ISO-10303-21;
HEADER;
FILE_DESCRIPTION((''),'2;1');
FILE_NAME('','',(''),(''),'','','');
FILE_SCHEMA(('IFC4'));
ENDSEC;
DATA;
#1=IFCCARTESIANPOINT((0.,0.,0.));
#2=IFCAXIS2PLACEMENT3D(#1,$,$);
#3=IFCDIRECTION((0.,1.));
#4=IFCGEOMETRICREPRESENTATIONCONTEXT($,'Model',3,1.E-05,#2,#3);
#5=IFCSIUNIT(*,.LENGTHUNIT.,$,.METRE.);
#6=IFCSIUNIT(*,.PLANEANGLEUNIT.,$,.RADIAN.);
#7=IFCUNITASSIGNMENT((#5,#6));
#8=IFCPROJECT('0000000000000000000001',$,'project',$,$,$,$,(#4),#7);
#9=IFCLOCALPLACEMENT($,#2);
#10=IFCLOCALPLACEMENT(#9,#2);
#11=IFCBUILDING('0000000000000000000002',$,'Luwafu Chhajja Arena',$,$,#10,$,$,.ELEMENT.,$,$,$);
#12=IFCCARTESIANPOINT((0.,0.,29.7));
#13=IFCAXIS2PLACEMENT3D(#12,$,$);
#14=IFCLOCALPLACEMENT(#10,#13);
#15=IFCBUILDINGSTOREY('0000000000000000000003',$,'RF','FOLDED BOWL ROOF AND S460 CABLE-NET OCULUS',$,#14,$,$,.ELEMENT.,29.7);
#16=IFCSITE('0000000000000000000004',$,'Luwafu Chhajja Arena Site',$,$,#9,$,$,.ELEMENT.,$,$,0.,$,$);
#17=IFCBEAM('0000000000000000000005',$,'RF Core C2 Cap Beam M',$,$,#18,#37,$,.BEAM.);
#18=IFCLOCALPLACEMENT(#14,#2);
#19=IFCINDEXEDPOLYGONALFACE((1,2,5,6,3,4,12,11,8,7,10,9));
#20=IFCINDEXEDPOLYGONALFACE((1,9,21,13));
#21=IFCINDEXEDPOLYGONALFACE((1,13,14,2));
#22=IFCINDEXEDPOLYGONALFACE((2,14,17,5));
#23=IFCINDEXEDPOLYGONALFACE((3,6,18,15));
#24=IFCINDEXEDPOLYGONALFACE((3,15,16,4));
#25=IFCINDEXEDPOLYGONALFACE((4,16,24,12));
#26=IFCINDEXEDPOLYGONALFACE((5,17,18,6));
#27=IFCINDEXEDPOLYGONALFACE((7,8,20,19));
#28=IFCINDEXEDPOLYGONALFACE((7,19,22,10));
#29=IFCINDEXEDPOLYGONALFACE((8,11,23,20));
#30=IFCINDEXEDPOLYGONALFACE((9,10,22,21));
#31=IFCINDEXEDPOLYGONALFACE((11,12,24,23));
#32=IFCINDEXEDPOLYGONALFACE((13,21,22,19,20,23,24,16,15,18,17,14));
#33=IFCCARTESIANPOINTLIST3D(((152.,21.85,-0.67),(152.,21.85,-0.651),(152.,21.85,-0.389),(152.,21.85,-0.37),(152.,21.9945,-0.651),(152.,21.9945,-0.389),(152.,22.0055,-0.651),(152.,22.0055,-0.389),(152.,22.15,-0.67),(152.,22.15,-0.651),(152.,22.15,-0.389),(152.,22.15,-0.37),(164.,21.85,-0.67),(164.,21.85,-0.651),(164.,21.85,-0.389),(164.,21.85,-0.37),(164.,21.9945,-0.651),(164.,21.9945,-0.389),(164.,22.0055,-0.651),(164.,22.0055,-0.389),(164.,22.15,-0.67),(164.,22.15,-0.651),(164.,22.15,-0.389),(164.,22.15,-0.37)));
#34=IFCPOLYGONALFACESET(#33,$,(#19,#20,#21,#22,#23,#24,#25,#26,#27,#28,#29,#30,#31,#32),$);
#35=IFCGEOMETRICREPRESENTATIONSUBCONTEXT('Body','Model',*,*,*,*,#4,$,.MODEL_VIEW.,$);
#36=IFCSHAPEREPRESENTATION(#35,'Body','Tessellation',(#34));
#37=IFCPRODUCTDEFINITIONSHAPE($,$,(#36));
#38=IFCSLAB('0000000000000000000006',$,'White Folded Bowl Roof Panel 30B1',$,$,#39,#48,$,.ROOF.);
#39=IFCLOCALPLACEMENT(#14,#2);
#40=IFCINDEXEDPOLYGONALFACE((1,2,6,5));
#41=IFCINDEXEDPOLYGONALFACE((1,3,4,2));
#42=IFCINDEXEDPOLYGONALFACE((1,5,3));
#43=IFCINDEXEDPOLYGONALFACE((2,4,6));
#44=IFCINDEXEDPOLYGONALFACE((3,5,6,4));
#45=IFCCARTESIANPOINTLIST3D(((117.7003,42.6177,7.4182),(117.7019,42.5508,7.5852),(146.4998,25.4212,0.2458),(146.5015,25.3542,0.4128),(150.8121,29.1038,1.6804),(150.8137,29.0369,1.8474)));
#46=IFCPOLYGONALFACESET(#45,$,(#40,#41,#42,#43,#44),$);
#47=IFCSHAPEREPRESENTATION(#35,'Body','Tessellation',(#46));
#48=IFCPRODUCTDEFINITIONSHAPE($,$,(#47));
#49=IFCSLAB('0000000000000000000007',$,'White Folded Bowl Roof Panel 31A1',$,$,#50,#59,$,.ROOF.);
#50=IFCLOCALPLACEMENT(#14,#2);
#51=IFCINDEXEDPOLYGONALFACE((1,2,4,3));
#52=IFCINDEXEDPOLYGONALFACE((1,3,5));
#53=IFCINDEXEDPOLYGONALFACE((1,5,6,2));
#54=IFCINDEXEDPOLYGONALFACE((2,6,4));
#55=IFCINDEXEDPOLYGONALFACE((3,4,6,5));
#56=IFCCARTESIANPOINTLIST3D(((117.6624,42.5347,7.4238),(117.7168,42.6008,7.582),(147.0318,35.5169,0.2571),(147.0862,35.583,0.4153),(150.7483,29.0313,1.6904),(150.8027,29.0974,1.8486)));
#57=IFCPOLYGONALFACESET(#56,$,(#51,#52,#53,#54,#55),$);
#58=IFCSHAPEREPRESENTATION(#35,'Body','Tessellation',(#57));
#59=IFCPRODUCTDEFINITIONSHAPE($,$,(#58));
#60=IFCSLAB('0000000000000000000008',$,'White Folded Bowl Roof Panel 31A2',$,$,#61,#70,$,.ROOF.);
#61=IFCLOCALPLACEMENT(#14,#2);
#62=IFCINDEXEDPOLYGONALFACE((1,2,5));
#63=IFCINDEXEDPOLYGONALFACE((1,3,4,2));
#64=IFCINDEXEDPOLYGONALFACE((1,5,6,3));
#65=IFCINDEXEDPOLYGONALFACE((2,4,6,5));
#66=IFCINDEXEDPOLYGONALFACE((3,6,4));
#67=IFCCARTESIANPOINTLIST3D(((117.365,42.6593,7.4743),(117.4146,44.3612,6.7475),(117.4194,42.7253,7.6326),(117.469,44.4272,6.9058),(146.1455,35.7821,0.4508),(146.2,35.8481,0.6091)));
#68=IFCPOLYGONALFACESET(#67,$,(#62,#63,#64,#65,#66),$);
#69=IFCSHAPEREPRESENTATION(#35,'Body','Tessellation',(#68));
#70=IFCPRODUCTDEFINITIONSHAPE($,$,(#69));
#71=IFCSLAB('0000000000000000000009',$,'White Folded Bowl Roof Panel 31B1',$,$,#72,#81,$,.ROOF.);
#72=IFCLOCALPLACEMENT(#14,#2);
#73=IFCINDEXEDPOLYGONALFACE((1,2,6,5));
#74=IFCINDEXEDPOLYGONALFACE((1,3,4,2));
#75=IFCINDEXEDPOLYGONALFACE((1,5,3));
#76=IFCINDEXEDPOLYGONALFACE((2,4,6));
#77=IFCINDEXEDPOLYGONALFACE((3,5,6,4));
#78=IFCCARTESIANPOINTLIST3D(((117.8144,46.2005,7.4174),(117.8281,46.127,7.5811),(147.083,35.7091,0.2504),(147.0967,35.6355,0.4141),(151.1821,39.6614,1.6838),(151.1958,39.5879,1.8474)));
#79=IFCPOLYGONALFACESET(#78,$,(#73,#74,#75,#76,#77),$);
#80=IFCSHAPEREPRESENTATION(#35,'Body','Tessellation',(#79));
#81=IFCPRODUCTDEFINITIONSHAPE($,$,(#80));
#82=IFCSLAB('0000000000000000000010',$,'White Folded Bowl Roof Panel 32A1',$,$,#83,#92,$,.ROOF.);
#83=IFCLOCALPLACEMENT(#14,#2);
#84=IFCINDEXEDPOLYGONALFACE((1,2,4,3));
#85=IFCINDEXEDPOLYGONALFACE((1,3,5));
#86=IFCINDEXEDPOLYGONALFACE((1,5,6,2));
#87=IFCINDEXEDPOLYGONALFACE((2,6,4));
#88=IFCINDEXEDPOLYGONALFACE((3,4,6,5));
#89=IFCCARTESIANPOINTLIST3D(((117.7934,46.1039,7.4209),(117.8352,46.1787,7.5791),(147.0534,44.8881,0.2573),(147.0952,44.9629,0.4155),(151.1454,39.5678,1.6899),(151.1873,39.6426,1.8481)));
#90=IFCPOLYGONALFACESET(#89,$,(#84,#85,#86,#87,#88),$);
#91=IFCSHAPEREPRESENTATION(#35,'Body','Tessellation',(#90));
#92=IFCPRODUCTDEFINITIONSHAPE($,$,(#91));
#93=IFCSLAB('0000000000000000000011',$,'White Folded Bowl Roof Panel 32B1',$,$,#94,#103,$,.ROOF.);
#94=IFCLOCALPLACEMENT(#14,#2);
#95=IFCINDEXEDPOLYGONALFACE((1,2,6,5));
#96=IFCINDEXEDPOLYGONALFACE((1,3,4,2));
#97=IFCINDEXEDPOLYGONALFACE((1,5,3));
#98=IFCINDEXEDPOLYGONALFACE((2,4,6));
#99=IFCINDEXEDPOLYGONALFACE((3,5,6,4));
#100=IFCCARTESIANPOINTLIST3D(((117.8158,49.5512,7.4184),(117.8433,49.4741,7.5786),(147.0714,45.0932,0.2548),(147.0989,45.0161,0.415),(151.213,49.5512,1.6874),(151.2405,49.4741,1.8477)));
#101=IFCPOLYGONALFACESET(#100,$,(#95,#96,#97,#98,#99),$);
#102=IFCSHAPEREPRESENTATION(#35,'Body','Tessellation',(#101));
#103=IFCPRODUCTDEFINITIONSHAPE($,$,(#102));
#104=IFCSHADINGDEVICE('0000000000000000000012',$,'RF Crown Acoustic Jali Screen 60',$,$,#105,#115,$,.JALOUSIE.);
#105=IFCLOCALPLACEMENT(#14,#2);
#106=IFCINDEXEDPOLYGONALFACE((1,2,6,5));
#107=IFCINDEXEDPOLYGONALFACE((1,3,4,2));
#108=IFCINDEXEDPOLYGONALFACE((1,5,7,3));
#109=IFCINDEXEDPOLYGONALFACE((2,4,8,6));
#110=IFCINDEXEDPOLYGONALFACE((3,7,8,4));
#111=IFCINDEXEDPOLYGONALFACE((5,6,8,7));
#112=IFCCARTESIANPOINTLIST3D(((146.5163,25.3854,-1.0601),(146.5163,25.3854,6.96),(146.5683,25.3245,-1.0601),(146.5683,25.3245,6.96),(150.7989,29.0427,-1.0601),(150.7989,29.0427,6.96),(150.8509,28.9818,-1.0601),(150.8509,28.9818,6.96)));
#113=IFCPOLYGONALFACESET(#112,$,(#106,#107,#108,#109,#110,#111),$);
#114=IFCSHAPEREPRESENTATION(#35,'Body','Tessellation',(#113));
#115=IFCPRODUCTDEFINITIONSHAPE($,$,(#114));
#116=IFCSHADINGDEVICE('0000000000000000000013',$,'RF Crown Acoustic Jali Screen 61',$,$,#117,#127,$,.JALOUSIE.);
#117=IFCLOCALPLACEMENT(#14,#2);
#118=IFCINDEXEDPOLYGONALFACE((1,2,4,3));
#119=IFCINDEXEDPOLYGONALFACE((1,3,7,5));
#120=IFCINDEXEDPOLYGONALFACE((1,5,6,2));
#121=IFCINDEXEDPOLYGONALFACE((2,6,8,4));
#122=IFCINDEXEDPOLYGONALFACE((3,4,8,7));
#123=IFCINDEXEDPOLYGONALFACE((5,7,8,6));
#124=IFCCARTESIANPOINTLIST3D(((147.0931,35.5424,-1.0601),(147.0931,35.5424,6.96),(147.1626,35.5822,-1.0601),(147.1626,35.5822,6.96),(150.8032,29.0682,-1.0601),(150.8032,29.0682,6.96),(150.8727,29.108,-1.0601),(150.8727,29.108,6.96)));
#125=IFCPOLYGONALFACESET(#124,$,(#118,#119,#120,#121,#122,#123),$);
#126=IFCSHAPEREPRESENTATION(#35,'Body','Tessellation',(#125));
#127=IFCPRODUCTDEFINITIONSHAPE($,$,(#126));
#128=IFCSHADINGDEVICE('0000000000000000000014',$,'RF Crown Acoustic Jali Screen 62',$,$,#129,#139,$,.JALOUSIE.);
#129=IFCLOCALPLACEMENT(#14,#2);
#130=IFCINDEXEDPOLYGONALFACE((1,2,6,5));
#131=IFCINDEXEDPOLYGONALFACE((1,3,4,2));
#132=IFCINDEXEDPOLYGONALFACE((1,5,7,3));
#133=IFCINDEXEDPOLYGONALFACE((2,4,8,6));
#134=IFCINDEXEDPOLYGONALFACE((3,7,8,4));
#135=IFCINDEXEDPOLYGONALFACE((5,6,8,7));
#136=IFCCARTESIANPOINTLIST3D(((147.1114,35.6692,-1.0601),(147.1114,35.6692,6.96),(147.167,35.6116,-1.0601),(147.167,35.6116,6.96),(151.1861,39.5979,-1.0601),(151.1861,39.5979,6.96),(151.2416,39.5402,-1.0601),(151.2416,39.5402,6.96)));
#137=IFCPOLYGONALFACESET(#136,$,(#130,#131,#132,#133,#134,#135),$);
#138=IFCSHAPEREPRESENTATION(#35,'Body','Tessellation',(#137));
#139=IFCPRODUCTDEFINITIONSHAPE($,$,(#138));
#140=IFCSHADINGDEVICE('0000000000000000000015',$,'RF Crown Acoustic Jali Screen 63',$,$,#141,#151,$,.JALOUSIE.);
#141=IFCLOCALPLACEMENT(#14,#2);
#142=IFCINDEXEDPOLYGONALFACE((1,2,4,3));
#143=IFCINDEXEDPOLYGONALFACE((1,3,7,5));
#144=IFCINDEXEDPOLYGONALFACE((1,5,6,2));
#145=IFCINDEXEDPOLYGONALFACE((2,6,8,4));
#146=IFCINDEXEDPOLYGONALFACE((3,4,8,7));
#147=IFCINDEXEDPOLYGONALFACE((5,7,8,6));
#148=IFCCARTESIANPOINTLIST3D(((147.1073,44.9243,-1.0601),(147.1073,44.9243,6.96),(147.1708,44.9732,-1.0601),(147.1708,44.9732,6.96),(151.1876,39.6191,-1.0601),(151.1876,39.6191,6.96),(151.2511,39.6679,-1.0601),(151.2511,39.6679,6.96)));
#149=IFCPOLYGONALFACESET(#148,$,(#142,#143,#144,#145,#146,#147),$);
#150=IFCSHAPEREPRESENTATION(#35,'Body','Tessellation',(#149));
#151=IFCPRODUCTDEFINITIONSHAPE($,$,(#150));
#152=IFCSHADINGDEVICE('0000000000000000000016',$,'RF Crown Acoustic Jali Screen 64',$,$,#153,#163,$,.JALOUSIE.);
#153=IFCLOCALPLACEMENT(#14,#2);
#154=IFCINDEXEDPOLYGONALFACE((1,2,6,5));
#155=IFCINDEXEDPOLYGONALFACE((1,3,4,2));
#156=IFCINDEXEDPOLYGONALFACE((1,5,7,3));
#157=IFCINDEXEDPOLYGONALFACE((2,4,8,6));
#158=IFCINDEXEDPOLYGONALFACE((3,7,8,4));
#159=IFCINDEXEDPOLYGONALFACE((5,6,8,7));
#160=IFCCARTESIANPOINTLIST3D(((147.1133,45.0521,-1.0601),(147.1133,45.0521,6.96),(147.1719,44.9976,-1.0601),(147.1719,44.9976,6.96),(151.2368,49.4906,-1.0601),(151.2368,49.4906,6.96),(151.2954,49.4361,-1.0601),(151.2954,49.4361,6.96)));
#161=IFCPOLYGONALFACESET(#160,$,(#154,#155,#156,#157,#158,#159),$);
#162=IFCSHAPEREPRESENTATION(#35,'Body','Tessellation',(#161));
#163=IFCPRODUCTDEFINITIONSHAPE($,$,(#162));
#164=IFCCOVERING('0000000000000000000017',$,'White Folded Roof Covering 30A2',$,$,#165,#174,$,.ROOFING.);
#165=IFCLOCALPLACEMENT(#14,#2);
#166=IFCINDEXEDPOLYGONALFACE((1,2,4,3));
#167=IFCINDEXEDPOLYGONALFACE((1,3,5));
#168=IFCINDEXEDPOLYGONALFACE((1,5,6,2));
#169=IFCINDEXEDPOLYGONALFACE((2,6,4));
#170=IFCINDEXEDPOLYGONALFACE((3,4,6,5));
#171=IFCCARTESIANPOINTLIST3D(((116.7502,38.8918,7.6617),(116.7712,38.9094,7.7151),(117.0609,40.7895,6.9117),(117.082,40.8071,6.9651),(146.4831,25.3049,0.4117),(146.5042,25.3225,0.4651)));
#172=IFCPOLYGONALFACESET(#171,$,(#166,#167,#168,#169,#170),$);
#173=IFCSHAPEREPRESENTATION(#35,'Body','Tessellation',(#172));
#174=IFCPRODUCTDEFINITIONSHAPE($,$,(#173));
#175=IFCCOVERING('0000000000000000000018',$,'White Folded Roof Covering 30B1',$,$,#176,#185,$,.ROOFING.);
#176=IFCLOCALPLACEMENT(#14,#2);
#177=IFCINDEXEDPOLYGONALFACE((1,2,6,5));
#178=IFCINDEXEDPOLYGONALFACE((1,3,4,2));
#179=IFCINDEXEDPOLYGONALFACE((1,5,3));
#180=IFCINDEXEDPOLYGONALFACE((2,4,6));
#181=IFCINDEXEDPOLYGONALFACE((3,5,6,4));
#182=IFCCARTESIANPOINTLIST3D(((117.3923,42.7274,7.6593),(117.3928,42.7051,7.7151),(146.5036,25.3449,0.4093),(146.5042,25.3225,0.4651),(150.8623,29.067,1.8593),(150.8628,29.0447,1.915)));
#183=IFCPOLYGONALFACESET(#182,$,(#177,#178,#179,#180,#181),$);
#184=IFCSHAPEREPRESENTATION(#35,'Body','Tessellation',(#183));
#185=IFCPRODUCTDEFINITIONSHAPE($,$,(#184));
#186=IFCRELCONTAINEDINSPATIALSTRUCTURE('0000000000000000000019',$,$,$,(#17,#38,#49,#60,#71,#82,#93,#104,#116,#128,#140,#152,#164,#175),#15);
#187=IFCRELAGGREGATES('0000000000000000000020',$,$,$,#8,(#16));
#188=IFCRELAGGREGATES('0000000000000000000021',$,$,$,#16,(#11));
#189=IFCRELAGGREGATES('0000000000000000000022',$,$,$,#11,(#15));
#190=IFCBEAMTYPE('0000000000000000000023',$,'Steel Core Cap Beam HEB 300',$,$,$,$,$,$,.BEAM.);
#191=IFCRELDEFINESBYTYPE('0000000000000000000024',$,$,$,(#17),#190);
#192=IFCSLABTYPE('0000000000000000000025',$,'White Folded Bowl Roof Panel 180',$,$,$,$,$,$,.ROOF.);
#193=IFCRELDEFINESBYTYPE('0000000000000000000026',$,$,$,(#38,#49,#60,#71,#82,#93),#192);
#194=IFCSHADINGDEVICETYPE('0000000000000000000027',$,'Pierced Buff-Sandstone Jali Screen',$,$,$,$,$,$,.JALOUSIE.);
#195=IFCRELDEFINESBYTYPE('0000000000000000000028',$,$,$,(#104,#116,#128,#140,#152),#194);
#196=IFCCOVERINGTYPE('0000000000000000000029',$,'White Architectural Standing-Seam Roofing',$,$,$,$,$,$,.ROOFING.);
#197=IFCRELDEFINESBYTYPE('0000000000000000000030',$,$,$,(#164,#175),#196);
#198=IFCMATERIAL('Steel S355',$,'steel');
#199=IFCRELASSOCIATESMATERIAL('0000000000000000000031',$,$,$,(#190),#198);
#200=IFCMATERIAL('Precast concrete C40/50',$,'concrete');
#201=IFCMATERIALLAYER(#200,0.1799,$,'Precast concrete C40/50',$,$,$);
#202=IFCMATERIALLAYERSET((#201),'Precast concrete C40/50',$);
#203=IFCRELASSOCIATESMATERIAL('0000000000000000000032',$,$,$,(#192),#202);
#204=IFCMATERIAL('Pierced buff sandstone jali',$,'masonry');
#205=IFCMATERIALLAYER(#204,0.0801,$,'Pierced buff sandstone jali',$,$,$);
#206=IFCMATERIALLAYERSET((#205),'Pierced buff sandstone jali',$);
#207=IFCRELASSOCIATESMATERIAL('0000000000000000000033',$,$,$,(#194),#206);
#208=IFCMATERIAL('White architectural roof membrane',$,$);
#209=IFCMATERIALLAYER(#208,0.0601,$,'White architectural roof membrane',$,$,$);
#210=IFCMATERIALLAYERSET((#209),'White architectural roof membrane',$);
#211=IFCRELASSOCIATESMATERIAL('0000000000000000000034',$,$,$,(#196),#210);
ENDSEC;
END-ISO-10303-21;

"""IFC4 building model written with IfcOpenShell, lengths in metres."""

from ifc_helpers import new_model, si_unit, direction, frame, origin, origin_2d, place, context, subcontext, project, spatial, polyline, rectangle, i_section, outline, extrude, material, layer, layer_set, material_profile, profile_set, type_object, element, save


model = new_model("IFC4")

# Units and contexts
model_context = context("Model", 3, precision=1e-05, world=origin(), true_north=direction((0.0, 1.0)))
body_context = subcontext(model_context, "Body", "Model", "MODEL_VIEW")
ifc_project = project(units=[si_unit("LENGTHUNIT", "METRE"), si_unit("PLANEANGLEUNIT", "RADIAN")], contexts=[model_context])

# Site, building, storey
site_placement = place(None, origin())
site = spatial("IfcSite", under=ifc_project, at=site_placement, Name="Luwafu Chhajja Arena Site", CompositionType="ELEMENT", RefElevation=0.0)
building_placement = place(site_placement, origin())
building = spatial("IfcBuilding", under=site, at=building_placement, Name="Luwafu Chhajja Arena", CompositionType="ELEMENT")
storey_placement = place(building_placement, frame((0.0, 0.0, 29.7)))
storey = spatial("IfcBuildingStorey", under=building, at=storey_placement, Name="RF", Description="FOLDED BOWL ROOF AND S460 CABLE-NET OCULUS", CompositionType="ELEMENT", Elevation=29.7)

# Beam
ifc_material_1 = material(Name="Steel S355", Category="steel")
ifc_material_profile = material_profile(ifc_material_1, i_section(OverallWidth=0.3, OverallDepth=0.3, WebThickness=0.011, FlangeThickness=0.019, at=origin_2d()), Name="HEB 300")
ifc_profile_set = profile_set([ifc_material_profile], Name="Steel S355")
beam_type = type_object("IfcBeamType", Name="Steel Core Cap Beam HEB 300", PredefinedType="BEAM", material=ifc_profile_set)
beam_placement = place(storey_placement, frame((152.0, 22.0, -0.52), z_axis=(1.0, 0.0, 0.0), x_axis=(0.0, 1.0, 0.0)))
element("IfcBeam", 1, at=beam_placement, inside=storey, type_object=beam_type, Name="RF Core C2 Cap Beam M", PredefinedType="BEAM", context=body_context, shape_type="SweptSolid", body=[
    extrude(i_section(OverallWidth=0.3, OverallDepth=0.3, WebThickness=0.011, FlangeThickness=0.019, at=origin_2d()), origin(), (0.0, 0.0, 1.0), 12.0),
])

# Slabs
ifc_material_2 = material(Name="Precast concrete C40/50", Category="concrete")
ifc_layer_1 = layer(ifc_material_2, 0.1799, Name="Precast concrete C40/50")
ifc_layer_set_1 = layer_set([ifc_layer_1], Name="Precast concrete C40/50")
slab_type = type_object("IfcSlabType", Name="White Folded Bowl Roof Panel 180", PredefinedType="ROOF", material=ifc_layer_set_1)
slab_1_placement = place(storey_placement, frame((146.5015, 25.3542, 0.4128), z_axis=(0.008979, -0.37208, 0.928157), x_axis=(-0.839606, 0.501338, 0.209099)))
element("IfcSlab", 2, at=slab_1_placement, inside=storey, type_object=slab_type, Name="White Folded Bowl Roof Panel 30B1", PredefinedType="ROOF", context=body_context, shape_type="SweptSolid", body=[
    extrude(outline(polyline([(0.0, 0.0), (34.3013, 0.0), (-1.4744, -5.6605), (0.0, 0.0)])), origin(), (0.0, 0.0, -1.0), 0.1799),
])
slab_2_placement = place(storey_placement, frame((150.8027, 29.0974, 1.8486), z_axis=(0.302447, 0.367668, 0.879401), x_axis=(-0.914167, 0.3731, 0.158414)))
element("IfcSlab", 3, at=slab_2_placement, inside=storey, type_object=slab_type, Name="White Folded Bowl Roof Panel 31A1", PredefinedType="ROOF", context=body_context, shape_type="SweptSolid", body=[
    extrude(outline(polyline([(0.0, 0.0), (36.1924, 0.0), (5.5903, -5.1652), (0.0, 0.0)])), origin(), (0.0, 0.0, -1.0), 0.1799),
])
slab_3_placement = place(storey_placement, frame((146.2, 35.8481, 0.6091), z_axis=(0.302361, 0.366898, 0.879752), x_axis=(-0.946327, 0.226128, 0.230936)))
element("IfcSlab", 4, at=slab_3_placement, inside=storey, type_object=slab_type, Name="White Folded Bowl Roof Panel 31A2", PredefinedType="ROOF", context=body_context, shape_type="SweptSolid", body=[
    extrude(outline(polyline([(0.0, 0.0), (30.4129, 0.0), (30.583, -1.8434), (0.0, 0.0)])), origin(), (0.0, 0.0, -1.0), 0.1799),
])
slab_4_placement = place(storey_placement, frame((147.0967, 35.6355, 0.4141), z_axis=(0.076159, -0.408799, 0.909441), x_axis=(-0.917296, 0.328809, 0.224618)))
element("IfcSlab", 5, at=slab_4_placement, inside=storey, type_object=slab_type, Name="White Folded Bowl Roof Panel 31B1", PredefinedType="ROOF", context=body_context, shape_type="SweptSolid", body=[
    extrude(outline(polyline([(0.0, 0.0), (31.9074, 0.0), (-2.1386, -5.4686), (0.0, 0.0)])), origin(), (0.0, 0.0, -1.0), 0.1799),
])
slab_5_placement = place(storey_placement, frame((151.1873, 39.6426, 1.8481), z_axis=(0.232545, 0.415632, 0.879303), x_axis=(-0.967672, 0.189638, 0.166277)))
element("IfcSlab", 6, at=slab_5_placement, inside=storey, type_object=slab_type, Name="White Folded Bowl Roof Panel 32A1", PredefinedType="ROOF", context=body_context, shape_type="SweptSolid", body=[
    extrude(outline(polyline([(0.0, 0.0), (34.4663, 0.0), (4.7305, -4.9725), (0.0, 0.0)])), origin(), (0.0, 0.0, -1.0), 0.1799),
])
slab_6_placement = place(storey_placement, frame((147.0989, 45.0161, 0.415), z_axis=(0.152837, -0.428211, 0.890661), x_axis=(-0.960838, 0.146414, 0.235272)))
element("IfcSlab", 7, at=slab_6_placement, inside=storey, type_object=slab_type, Name="White Folded Bowl Roof Panel 32B1", PredefinedType="ROOF", context=body_context, shape_type="SweptSolid", body=[
    extrude(outline(polyline([(0.0, 0.0), (30.448, 0.0), (-2.9896, -5.4901), (0.0, 0.0)])), origin(), (0.0, 0.0, -1.0), 0.1799),
])

# Shading devices
ifc_material_3 = material(Name="Pierced buff sandstone jali", Category="masonry")
ifc_layer_2 = layer(ifc_material_3, 0.0801, Name="Pierced buff sandstone jali")
ifc_layer_set_2 = layer_set([ifc_layer_2], Name="Pierced buff sandstone jali")
shading_device_type = type_object("IfcShadingDeviceType", Name="Pierced Buff-Sandstone Jali Screen", PredefinedType="JALOUSIE", material=ifc_layer_set_2)
shading_device_1_placement = place(storey_placement, frame((148.6836, 27.1836, -1.0601), z_axis=(0.0, 0.0, 1.0), x_axis=(0.760439, 0.64941, 0.0)))
element("IfcShadingDevice", 8, at=shading_device_1_placement, inside=storey, type_object=shading_device_type, Name="RF Crown Acoustic Jali Screen 60", PredefinedType="JALOUSIE", context=body_context, shape_type="SweptSolid", body=[
    extrude(rectangle(XDim=5.6318, YDim=0.0801, at=origin_2d()), origin(), (0.0, 0.0, 1.0), 8.02),
])
shading_device_2_placement = place(storey_placement, frame((148.9829, 32.3252, -1.0601), z_axis=(0.0, 0.0, 1.0), x_axis=(-0.497201, 0.867635, 0.0)))
element("IfcShadingDevice", 9, at=shading_device_2_placement, inside=storey, type_object=shading_device_type, Name="RF Crown Acoustic Jali Screen 61", PredefinedType="JALOUSIE", context=body_context, shape_type="SweptSolid", body=[
    extrude(rectangle(XDim=7.4619, YDim=0.0801, at=origin_2d()), origin(), (0.0, 0.0, 1.0), 8.02),
])
shading_device_3_placement = place(storey_placement, frame((149.1765, 37.6047, -1.0601), z_axis=(0.0, 0.0, 1.0), x_axis=(0.719888, 0.69409, 0.0)))
element("IfcShadingDevice", 10, at=shading_device_3_placement, inside=storey, type_object=shading_device_type, Name="RF Crown Acoustic Jali Screen 62", PredefinedType="JALOUSIE", context=body_context, shape_type="SweptSolid", body=[
    extrude(rectangle(XDim=5.6602, YDim=0.0801, at=origin_2d()), origin(), (0.0, 0.0, 1.0), 8.02),
])
shading_device_4_placement = place(storey_placement, frame((149.1792, 42.2961, -1.0601), z_axis=(0.0, 0.0, 1.0), x_axis=(-0.609653, 0.792668, 0.0)))
element("IfcShadingDevice", 11, at=shading_device_4_placement, inside=storey, type_object=shading_device_type, Name="RF Crown Acoustic Jali Screen 63", PredefinedType="JALOUSIE", context=body_context, shape_type="SweptSolid", body=[
    extrude(rectangle(XDim=6.6929, YDim=0.0801, at=origin_2d()), origin(), (0.0, 0.0, 1.0), 8.02),
])
shading_device_5_placement = place(storey_placement, frame((149.2043, 47.2441, -1.0601), z_axis=(0.0, 0.0, 1.0), x_axis=(0.680631, 0.732626, 0.0)))
element("IfcShadingDevice", 12, at=shading_device_5_placement, inside=storey, type_object=shading_device_type, Name="RF Crown Acoustic Jali Screen 64", PredefinedType="JALOUSIE", context=body_context, shape_type="SweptSolid", body=[
    extrude(rectangle(XDim=6.0583, YDim=0.0801, at=origin_2d()), origin(), (0.0, 0.0, 1.0), 8.02),
])

# Coverings
ifc_material_4 = material(Name="White architectural roof membrane")
ifc_layer_3 = layer(ifc_material_4, 0.0601, Name="White architectural roof membrane")
ifc_layer_set_3 = layer_set([ifc_layer_3], Name="White architectural roof membrane")
covering_type = type_object("IfcCoveringType", Name="White Architectural Standing-Seam Roofing", PredefinedType="ROOFING", material=ifc_layer_set_3)
covering_1_placement = place(storey_placement, frame((146.5042, 25.3225, 0.4651), z_axis=(0.351068, 0.293866, 0.889041), x_axis=(-0.868486, 0.457077, 0.191868)))
element("IfcCovering", 13, at=covering_1_placement, inside=storey, type_object=covering_type, Name="White Folded Roof Covering 30A2", PredefinedType="ROOFING", context=body_context, shape_type="SweptSolid", body=[
    extrude(outline(polyline([(0.0, 0.0), (33.8775, 0.0), (33.4239, 2.0136), (0.0, 0.0)])), origin(), (0.0, 0.0, -1.0), 0.0601),
])
covering_2_placement = place(storey_placement, frame((146.5042, 25.3225, 0.4651), z_axis=(0.008982, -0.372077, 0.928158), x_axis=(0.737223, 0.629569, 0.245245)))
element("IfcCovering", 14, at=covering_2_placement, inside=storey, type_object=covering_type, Name="White Folded Roof Covering 30B1", PredefinedType="ROOFING", context=body_context, shape_type="SweptSolid", body=[
    extrude(outline(polyline([(0.0, 0.0), (5.9122, 0.0), (-8.74, 33.5529), (0.0, 0.0)])), origin(), (0.0, 0.0, -1.0), 0.0601),
])

save(model, "model.ifc")
